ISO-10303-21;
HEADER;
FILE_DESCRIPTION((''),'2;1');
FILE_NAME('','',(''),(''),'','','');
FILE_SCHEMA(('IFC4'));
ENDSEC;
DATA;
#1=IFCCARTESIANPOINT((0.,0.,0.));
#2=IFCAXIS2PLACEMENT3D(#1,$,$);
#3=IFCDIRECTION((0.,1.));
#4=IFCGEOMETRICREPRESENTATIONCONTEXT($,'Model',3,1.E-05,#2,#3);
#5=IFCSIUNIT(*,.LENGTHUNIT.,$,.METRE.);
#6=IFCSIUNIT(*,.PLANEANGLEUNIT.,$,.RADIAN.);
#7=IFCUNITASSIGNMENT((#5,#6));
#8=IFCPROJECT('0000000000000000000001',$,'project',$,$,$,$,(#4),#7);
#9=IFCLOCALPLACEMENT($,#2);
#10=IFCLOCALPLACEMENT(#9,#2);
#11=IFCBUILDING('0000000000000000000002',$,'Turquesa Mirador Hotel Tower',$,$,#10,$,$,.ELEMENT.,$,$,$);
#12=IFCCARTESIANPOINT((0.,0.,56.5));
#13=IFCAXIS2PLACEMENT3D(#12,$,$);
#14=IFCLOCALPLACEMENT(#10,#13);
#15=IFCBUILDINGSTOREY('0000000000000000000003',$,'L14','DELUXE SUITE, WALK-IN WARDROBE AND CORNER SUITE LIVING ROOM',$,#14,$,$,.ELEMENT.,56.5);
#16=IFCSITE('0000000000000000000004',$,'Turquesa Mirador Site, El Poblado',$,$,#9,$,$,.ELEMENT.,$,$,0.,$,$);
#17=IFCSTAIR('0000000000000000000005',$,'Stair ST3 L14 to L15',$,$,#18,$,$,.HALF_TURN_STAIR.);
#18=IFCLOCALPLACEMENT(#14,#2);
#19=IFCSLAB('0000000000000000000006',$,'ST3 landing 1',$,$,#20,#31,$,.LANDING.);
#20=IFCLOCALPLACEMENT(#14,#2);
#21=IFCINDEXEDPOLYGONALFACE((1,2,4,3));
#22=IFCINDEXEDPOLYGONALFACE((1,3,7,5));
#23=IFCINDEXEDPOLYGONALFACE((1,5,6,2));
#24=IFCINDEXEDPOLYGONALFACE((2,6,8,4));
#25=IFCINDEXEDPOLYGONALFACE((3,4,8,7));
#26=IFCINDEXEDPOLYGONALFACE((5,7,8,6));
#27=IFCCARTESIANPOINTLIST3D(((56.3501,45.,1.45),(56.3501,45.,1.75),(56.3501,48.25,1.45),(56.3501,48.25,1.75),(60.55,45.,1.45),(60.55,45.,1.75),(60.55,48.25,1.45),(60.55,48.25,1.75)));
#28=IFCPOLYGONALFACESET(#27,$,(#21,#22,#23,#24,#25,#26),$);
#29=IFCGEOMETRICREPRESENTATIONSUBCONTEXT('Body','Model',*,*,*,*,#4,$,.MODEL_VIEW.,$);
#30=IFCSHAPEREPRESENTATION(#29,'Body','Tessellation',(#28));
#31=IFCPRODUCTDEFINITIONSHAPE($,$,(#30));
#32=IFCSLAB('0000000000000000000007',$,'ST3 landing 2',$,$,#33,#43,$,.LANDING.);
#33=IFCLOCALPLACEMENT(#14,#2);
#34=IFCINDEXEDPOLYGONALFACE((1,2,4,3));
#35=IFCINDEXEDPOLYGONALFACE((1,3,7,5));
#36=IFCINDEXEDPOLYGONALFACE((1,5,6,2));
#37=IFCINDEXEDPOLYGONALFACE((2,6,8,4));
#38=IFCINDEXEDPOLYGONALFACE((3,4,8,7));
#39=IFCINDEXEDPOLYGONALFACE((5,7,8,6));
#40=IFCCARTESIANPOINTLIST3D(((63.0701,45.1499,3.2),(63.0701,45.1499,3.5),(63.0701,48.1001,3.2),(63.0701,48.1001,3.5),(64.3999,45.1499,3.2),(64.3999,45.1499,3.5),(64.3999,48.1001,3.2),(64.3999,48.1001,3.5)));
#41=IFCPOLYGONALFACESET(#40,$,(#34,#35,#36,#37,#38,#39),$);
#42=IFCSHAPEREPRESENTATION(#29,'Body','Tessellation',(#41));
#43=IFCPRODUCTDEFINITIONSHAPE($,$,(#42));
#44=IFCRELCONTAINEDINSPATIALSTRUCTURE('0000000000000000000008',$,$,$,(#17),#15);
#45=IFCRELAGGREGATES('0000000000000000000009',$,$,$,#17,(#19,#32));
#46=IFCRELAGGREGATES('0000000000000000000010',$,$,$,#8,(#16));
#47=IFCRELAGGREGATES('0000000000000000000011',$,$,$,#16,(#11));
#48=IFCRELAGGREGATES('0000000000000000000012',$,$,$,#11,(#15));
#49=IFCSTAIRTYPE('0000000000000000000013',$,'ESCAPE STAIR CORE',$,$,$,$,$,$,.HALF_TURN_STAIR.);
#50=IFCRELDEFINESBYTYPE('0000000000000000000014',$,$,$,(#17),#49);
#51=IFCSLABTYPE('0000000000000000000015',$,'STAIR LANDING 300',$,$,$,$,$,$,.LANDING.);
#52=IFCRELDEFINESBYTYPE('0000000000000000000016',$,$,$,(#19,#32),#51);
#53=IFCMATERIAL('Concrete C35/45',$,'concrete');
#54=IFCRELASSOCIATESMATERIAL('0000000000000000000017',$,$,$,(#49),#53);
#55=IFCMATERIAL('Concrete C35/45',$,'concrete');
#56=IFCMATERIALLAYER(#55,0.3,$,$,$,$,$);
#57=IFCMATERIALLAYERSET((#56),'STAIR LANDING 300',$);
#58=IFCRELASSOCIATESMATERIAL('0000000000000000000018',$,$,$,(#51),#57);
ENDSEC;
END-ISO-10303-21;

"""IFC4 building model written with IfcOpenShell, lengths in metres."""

from ifc_helpers import new_model, si_unit, direction, frame, origin, place, context, subcontext, project, spatial, polyline, outline, extrude, material, layer, layer_set, type_object, element, aggregate, save


model = new_model("IFC4")

# Units and contexts
model_context = context("Model", 3, precision=1e-05, world=origin(), true_north=direction((0.0, 1.0)))
body_context = subcontext(model_context, "Body", "Model", "MODEL_VIEW")
ifc_project = project(units=[si_unit("LENGTHUNIT", "METRE"), si_unit("PLANEANGLEUNIT", "RADIAN")], contexts=[model_context])

# Site, building, storey
site_placement = place(None, origin())
site = spatial("IfcSite", under=ifc_project, at=site_placement, Name="Turquesa Mirador Site, El Poblado", CompositionType="ELEMENT", RefElevation=0.0)
building_placement = place(site_placement, origin())
building = spatial("IfcBuilding", under=site, at=building_placement, Name="Turquesa Mirador Hotel Tower", CompositionType="ELEMENT")
storey_placement = place(building_placement, frame((0.0, 0.0, 56.5)))
storey = spatial("IfcBuildingStorey", under=building, at=storey_placement, Name="L14", Description="DELUXE SUITE, WALK-IN WARDROBE AND CORNER SUITE LIVING ROOM", CompositionType="ELEMENT", Elevation=56.5)

# Stair, slabs
ifc_material_1 = material(Name="Concrete C35/45", Category="concrete")
stair_type = type_object("IfcStairType", Name="ESCAPE STAIR CORE", PredefinedType="HALF_TURN_STAIR", material=ifc_material_1)
ifc_material_2 = material(Name="Concrete C35/45", Category="concrete")
ifc_layer_1 = layer(ifc_material_2, 0.3)
ifc_layer_set_1 = layer_set([ifc_layer_1], Name="STAIR LANDING 300")
slab_type_1 = type_object("IfcSlabType", Name="STAIR LANDING 300", PredefinedType="LANDING", material=ifc_layer_set_1)
stair_1_placement = place(storey_placement, origin())
stair_1 = element("IfcStair", 1, at=stair_1_placement, inside=storey, type_object=stair_type, Name="Stair ST3 L14 to L15", PredefinedType="HALF_TURN_STAIR")
slab_1_placement = place(storey_placement, frame((0.0, 0.0, 1.45)))
slab_1 = element("IfcSlab", 2, at=slab_1_placement, type_object=slab_type_1, Name="ST3 landing 1", PredefinedType="LANDING", context=body_context, shape_type="SweptSolid", body=[
    extrude(outline(polyline([(56.3501, 45.0), (60.55, 45.0), (60.55, 48.25), (56.3501, 48.25), (56.3501, 45.0)])), origin(), (0.0, 0.0, 1.0), 0.3),
])
slab_2_placement = place(storey_placement, frame((0.0, 0.0, 3.2)))
slab_2 = element("IfcSlab", 3, at=slab_2_placement, type_object=slab_type_1, Name="ST3 landing 2", PredefinedType="LANDING", context=body_context, shape_type="SweptSolid", body=[
    extrude(outline(polyline([(63.0701, 45.1499), (64.3999, 45.1499), (64.3999, 48.1001), (63.0701, 48.1001), (63.0701, 45.1499)])), origin(), (0.0, 0.0, 1.0), 0.3),
])
aggregate(stair_1, [slab_1, slab_2])

save(model, "model.ifc")
